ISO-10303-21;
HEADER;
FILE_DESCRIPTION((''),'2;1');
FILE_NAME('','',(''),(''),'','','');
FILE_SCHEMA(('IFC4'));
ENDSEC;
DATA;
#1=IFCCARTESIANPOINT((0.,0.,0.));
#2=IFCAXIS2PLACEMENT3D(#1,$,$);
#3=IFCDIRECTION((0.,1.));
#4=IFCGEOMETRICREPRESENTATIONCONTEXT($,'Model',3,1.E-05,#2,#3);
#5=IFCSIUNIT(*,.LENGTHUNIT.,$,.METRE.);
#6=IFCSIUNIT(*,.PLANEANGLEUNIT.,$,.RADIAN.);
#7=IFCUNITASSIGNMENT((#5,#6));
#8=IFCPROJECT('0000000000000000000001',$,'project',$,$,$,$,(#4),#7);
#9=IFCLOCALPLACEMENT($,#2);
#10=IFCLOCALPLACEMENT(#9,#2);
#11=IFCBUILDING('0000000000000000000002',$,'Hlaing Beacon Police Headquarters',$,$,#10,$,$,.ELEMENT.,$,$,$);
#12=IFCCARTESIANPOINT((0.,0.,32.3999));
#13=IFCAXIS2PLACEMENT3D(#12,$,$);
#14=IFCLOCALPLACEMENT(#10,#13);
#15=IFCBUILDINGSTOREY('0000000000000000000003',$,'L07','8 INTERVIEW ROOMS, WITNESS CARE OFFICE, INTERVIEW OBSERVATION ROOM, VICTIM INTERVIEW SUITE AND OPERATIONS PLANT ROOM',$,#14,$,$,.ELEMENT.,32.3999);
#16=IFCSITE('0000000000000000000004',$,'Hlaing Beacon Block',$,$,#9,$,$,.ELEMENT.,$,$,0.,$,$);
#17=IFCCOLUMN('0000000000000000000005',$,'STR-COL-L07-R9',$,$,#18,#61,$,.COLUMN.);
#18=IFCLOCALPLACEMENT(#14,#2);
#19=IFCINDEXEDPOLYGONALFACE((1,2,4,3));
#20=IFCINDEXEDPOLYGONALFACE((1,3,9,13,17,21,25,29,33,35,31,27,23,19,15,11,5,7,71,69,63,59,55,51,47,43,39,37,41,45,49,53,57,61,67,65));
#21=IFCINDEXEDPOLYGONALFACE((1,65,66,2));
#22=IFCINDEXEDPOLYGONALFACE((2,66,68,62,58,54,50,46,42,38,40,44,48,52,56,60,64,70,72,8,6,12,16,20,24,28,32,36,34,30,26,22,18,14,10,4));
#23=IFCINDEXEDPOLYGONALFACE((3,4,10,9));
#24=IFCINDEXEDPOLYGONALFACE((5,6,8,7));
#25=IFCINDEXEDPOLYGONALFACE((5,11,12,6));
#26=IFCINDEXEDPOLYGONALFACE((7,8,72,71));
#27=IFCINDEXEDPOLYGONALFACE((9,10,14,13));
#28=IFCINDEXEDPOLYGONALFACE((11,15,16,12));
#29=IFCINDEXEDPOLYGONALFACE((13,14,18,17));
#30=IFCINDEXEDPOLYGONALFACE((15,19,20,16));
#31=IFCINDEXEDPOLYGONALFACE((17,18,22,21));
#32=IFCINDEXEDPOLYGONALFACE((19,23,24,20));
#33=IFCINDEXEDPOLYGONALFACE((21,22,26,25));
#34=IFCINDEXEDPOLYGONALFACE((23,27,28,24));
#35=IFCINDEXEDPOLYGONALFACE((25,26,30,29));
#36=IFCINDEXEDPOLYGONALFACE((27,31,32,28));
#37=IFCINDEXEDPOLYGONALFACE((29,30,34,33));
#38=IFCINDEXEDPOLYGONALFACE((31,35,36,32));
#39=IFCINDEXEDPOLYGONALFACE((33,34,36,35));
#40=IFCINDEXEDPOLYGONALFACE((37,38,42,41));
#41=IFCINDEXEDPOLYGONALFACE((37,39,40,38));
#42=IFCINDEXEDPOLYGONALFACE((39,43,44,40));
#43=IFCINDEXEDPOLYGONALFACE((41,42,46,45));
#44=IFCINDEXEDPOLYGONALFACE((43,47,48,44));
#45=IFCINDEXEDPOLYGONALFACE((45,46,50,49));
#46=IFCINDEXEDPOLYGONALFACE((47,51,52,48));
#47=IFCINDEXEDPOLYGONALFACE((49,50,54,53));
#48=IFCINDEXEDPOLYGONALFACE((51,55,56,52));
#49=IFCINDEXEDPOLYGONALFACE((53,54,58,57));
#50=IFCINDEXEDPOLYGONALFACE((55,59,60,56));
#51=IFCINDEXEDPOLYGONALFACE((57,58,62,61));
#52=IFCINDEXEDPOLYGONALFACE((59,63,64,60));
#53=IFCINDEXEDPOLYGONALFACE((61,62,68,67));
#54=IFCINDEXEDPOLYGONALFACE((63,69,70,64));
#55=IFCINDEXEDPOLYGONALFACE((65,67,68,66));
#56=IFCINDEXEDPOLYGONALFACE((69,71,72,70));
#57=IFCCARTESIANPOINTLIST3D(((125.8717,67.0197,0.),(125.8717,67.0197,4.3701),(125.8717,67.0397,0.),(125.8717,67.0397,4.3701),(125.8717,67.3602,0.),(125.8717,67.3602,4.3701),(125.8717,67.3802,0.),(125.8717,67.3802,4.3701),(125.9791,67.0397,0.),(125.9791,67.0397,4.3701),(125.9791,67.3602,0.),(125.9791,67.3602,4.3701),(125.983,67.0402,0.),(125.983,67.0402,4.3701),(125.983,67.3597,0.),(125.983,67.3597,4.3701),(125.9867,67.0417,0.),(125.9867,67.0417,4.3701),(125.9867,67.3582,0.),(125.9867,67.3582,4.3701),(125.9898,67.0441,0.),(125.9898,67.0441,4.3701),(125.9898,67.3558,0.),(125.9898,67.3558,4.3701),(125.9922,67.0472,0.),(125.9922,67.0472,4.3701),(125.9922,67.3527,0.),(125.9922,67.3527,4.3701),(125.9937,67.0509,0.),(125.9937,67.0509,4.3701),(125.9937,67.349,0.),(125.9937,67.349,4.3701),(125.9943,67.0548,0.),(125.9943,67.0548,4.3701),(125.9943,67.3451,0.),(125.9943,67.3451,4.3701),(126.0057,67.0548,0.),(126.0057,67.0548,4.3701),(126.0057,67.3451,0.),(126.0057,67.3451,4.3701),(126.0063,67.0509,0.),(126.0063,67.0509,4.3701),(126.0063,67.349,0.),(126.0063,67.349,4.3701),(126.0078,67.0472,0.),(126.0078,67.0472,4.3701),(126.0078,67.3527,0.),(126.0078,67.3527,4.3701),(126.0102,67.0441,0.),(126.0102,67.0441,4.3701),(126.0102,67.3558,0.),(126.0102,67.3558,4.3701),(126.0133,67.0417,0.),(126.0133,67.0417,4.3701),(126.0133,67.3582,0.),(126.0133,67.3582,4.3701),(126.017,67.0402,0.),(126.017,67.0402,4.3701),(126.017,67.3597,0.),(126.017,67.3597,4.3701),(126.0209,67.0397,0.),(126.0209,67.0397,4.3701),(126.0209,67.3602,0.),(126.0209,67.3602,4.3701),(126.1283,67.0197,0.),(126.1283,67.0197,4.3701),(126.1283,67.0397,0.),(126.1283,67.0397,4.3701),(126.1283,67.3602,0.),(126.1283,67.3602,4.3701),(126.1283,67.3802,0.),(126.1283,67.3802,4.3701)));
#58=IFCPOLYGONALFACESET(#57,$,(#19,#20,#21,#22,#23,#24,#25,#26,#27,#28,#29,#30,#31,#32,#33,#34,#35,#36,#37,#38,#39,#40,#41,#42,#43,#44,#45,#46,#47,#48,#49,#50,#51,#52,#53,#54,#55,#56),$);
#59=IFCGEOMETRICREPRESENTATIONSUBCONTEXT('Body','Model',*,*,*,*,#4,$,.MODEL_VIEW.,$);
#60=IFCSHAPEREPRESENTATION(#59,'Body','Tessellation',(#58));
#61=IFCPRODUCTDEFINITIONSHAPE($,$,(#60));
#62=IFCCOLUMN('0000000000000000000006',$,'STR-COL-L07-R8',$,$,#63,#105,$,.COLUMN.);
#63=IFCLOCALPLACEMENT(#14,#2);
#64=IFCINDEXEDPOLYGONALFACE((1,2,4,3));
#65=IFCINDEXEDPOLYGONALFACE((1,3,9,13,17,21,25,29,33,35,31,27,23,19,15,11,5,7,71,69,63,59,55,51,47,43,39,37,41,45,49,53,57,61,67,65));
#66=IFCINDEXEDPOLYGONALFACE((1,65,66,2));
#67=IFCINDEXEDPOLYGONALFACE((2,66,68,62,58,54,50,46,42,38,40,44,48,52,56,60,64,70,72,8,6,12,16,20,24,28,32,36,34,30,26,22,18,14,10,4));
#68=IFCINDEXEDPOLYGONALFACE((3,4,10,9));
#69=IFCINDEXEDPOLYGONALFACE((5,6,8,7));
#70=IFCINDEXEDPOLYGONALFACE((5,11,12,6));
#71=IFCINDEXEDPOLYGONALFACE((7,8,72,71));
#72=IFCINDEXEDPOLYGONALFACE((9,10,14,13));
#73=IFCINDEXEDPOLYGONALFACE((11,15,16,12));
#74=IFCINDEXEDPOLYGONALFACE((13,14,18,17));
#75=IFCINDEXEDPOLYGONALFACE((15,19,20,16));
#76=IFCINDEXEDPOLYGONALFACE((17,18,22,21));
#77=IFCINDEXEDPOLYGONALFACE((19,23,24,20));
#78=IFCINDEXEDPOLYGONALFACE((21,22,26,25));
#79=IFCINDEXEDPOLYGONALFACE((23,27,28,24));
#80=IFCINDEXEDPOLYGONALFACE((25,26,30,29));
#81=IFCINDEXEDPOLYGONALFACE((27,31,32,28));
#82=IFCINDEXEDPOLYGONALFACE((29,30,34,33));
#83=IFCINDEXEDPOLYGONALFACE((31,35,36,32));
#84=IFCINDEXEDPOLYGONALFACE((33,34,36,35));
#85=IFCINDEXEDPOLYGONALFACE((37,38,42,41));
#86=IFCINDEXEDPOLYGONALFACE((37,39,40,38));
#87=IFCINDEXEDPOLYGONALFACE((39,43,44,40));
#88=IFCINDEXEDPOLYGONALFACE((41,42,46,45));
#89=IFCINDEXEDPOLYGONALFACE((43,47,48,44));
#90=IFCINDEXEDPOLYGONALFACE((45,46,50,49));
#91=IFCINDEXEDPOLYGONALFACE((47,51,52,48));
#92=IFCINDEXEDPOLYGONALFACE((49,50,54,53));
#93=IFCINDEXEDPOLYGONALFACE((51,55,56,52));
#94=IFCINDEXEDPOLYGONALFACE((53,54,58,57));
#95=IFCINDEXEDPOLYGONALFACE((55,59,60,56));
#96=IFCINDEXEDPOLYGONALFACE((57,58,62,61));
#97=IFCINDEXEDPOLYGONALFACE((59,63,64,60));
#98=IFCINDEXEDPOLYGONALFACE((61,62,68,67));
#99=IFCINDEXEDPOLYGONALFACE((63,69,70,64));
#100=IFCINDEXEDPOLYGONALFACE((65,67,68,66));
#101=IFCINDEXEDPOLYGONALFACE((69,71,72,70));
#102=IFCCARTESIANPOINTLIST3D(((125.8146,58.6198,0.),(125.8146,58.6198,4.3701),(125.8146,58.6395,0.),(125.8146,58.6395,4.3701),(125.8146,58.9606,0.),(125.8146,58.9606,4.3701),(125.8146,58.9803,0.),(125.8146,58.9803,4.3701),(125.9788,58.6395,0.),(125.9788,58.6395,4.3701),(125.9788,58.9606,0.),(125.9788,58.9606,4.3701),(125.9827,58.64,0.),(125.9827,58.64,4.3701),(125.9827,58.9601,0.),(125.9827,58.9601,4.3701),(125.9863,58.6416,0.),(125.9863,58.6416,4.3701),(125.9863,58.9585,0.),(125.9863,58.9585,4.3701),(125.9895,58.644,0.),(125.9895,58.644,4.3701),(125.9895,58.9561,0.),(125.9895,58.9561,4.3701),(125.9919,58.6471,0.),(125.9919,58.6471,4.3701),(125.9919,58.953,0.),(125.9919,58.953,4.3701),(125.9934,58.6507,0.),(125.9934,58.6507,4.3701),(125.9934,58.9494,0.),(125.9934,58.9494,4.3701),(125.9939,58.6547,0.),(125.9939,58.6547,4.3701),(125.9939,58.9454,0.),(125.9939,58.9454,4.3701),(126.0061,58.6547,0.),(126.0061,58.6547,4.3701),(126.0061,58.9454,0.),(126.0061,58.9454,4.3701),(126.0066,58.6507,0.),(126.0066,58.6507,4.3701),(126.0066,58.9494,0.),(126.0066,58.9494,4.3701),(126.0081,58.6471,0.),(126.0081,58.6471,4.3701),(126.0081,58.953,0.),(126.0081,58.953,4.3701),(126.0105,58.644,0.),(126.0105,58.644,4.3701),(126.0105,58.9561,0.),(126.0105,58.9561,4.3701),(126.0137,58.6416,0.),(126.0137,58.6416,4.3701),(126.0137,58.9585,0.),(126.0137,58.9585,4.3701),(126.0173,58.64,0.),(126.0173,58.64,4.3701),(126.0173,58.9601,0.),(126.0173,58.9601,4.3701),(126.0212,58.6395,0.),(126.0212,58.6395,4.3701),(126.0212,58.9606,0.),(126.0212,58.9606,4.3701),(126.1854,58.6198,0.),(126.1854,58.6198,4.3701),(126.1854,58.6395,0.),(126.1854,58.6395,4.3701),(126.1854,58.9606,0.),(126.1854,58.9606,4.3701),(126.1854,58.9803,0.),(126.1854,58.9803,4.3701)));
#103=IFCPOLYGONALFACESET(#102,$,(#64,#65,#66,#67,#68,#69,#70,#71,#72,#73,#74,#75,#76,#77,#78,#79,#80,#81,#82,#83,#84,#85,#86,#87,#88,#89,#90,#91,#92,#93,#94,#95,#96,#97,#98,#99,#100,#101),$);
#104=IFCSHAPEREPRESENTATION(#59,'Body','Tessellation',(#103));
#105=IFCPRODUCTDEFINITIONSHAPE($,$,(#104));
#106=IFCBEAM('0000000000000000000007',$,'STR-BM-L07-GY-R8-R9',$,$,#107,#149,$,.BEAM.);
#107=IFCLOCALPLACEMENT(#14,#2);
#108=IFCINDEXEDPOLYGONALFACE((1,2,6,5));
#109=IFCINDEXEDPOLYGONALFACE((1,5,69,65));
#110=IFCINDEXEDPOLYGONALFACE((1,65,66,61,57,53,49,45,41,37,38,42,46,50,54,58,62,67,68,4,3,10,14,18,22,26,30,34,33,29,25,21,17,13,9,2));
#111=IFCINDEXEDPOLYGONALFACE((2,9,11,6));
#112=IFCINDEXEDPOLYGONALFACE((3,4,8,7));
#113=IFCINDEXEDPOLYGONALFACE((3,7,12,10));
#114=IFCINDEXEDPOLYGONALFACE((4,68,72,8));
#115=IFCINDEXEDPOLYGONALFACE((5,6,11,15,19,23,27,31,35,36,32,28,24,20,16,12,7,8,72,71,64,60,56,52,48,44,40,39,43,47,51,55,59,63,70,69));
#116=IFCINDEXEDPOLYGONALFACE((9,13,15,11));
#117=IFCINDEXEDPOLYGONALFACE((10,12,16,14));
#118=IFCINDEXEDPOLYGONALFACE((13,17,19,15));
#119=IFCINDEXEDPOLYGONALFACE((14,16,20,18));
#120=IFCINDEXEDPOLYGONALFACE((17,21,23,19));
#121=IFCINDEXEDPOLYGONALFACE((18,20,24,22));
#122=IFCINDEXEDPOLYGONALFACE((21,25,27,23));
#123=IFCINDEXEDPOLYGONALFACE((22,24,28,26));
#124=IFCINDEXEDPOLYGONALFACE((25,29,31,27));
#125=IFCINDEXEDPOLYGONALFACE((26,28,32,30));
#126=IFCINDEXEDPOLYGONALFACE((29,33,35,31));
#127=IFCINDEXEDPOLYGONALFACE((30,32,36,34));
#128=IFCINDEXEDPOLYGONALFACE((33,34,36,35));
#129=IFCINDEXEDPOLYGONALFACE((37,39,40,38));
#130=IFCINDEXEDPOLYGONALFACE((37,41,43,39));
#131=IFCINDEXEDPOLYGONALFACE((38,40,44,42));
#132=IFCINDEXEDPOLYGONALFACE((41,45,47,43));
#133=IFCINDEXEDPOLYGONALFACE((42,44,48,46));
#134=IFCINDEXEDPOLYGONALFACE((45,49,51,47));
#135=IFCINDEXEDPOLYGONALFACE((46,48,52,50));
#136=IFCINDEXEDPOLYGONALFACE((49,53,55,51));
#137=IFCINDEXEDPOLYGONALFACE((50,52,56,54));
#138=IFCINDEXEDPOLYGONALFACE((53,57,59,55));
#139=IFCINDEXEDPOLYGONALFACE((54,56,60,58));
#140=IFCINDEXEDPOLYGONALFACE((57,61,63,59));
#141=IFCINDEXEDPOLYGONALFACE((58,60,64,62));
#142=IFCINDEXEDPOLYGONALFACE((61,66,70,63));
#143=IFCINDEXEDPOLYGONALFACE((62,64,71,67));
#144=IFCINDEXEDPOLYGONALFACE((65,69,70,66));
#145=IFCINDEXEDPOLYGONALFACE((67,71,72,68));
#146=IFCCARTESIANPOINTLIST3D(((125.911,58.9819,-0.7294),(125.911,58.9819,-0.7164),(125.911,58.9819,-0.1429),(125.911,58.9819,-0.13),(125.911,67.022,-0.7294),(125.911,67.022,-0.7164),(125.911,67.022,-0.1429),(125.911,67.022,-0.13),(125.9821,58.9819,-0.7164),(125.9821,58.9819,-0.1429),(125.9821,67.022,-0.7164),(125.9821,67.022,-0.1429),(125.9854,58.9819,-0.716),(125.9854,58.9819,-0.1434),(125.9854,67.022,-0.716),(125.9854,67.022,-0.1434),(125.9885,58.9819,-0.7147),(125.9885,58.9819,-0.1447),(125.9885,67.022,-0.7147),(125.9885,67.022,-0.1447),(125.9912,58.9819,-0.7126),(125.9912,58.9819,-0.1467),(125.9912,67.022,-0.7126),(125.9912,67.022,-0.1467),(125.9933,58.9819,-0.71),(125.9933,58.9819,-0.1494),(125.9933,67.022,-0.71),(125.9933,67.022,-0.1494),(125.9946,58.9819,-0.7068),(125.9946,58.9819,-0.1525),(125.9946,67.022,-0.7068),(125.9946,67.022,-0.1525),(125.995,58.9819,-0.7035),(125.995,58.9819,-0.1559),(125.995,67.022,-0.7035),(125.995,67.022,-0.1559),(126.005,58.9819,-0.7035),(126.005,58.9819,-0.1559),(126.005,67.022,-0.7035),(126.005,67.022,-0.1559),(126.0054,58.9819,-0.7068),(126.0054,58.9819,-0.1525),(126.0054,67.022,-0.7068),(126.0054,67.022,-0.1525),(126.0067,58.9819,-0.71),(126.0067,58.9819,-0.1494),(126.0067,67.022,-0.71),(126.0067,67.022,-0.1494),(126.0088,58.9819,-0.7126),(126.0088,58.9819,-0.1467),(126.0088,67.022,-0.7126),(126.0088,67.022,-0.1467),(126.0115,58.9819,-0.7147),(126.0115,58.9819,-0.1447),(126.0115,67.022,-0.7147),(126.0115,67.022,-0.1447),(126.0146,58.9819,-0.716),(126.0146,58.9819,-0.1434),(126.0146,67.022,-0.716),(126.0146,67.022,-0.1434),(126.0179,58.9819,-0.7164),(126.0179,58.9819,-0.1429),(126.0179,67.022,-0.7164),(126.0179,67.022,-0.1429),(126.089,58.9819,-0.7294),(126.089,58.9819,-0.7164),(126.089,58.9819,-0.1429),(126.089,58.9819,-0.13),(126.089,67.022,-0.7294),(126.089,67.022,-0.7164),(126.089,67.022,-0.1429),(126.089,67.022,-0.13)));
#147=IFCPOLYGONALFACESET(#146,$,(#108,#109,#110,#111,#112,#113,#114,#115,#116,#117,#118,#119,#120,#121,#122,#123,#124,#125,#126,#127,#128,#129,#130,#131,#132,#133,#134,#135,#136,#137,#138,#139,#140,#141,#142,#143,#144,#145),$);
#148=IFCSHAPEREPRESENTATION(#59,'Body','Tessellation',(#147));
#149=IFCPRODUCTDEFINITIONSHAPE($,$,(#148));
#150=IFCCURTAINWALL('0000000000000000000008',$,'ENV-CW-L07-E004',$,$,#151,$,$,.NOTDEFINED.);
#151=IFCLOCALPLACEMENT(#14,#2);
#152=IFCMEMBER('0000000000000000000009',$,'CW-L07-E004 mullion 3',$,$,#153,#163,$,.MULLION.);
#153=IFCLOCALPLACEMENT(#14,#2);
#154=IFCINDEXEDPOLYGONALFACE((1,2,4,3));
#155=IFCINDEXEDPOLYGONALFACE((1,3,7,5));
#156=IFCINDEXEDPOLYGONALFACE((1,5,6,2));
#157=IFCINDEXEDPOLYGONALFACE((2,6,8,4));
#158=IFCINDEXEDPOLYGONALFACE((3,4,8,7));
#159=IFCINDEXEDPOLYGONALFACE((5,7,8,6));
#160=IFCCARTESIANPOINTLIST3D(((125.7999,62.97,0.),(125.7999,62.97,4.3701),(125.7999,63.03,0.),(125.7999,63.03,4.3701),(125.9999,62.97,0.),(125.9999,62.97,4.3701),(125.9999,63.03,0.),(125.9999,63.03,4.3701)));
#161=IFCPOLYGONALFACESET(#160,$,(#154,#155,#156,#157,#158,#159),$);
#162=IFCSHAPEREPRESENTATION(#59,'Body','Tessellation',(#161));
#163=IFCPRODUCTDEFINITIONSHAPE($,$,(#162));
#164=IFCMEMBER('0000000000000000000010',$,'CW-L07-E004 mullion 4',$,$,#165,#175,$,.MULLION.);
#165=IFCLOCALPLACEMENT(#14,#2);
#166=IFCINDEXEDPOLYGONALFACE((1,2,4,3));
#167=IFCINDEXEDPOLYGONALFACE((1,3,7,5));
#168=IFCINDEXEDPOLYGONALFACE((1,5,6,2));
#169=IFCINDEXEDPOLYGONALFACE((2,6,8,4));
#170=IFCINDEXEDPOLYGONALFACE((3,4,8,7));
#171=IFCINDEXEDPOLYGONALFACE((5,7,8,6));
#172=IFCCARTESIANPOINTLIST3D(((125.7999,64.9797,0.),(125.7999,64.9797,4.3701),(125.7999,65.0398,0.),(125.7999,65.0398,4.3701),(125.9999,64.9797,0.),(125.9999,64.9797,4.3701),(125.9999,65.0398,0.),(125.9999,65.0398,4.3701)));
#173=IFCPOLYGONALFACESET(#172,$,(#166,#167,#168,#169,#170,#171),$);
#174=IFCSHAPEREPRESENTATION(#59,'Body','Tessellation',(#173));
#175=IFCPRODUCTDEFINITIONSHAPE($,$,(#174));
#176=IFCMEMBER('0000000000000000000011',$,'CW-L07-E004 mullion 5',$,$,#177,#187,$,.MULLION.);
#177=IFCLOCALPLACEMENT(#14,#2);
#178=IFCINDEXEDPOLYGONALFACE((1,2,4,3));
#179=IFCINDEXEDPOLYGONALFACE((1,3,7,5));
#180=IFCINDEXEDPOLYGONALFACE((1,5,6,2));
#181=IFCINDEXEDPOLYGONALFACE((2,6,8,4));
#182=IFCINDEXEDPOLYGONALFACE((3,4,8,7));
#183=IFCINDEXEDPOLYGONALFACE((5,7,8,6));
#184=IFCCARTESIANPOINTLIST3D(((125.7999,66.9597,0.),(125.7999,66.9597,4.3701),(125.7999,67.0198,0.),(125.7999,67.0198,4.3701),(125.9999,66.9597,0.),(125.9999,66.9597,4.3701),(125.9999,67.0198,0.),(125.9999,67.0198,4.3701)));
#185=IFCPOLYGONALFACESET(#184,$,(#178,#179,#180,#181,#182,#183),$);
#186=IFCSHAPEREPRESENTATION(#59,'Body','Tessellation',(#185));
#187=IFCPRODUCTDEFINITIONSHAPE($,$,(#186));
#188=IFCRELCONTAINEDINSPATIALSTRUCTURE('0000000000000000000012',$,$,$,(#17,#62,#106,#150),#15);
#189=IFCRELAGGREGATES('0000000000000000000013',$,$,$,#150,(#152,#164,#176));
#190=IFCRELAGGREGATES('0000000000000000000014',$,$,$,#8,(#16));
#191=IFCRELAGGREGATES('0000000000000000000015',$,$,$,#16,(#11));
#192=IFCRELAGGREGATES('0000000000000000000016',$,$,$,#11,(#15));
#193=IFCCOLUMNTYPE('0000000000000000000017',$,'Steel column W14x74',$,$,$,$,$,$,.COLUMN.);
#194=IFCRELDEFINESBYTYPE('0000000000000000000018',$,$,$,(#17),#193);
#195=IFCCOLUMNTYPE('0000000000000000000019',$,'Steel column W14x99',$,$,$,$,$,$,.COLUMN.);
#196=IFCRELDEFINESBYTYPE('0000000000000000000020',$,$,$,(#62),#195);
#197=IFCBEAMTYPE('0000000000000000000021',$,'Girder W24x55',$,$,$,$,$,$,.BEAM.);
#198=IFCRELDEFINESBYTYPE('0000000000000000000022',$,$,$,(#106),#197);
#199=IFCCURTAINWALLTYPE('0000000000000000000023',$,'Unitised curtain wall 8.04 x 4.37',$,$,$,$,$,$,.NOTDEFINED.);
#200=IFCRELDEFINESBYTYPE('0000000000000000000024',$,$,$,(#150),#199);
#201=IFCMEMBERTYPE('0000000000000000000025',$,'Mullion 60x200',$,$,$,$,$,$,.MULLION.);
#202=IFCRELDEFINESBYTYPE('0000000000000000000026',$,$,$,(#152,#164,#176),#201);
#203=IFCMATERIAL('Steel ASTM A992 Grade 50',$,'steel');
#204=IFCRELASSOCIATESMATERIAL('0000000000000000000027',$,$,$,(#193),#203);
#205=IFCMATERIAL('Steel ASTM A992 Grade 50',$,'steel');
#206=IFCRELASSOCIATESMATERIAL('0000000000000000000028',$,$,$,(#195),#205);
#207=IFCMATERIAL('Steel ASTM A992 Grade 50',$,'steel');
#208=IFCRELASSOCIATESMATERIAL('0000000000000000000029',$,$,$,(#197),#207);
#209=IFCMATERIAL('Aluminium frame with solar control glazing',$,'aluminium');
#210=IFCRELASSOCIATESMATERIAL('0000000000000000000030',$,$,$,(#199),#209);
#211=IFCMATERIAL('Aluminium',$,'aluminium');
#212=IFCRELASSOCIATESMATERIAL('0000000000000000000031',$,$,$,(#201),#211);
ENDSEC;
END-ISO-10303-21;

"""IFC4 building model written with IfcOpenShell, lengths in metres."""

from ifc_helpers import new_model, si_unit, direction, frame, origin, origin_2d, place, context, subcontext, project, spatial, rectangle, i_section, extrude, material, material_profile, profile_set, type_object, element, aggregate, save


model = new_model("IFC4")

# Units and contexts
model_context = context("Model", 3, precision=1e-05, world=origin(), true_north=direction((0.0, 1.0)))
body_context = subcontext(model_context, "Body", "Model", "MODEL_VIEW")
ifc_project = project(units=[si_unit("LENGTHUNIT", "METRE"), si_unit("PLANEANGLEUNIT", "RADIAN")], contexts=[model_context])

# Site, building, storey
site_placement = place(None, origin())
site = spatial("IfcSite", under=ifc_project, at=site_placement, Name="Hlaing Beacon Block", CompositionType="ELEMENT", RefElevation=0.0)
building_placement = place(site_placement, origin())
building = spatial("IfcBuilding", under=site, at=building_placement, Name="Hlaing Beacon Police Headquarters", CompositionType="ELEMENT")
storey_placement = place(building_placement, frame((0.0, 0.0, 32.3999)))
storey = spatial("IfcBuildingStorey", under=building, at=storey_placement, Name="L07", Description="8 INTERVIEW ROOMS, WITNESS CARE OFFICE, INTERVIEW OBSERVATION ROOM, VICTIM INTERVIEW SUITE AND OPERATIONS PLANT ROOM", CompositionType="ELEMENT", Elevation=32.3999)

# Columns
ifc_material_1 = material(Name="Steel ASTM A992 Grade 50", Category="steel")
ifc_material_profile_1 = material_profile(ifc_material_1, i_section(OverallWidth=0.2566, OverallDepth=0.3606, WebThickness=0.0115, FlangeThickness=0.02, FilletRadius=0.0151, at=origin_2d()), Name="W14x74")
ifc_profile_set_1 = profile_set([ifc_material_profile_1], Name="Steel ASTM A992 Grade 50")
column_type_1 = type_object("IfcColumnType", Name="Steel column W14x74", PredefinedType="COLUMN", material=ifc_profile_set_1)
column_1_placement = place(storey_placement, frame((126.0, 67.2, 0.0), z_axis=(0.0, 0.0, 1.0), x_axis=(1.0, 0.0, 0.0)))
element("IfcColumn", 1, at=column_1_placement, inside=storey, type_object=column_type_1, Name="STR-COL-L07-R9", PredefinedType="COLUMN", context=body_context, shape_type="SweptSolid", body=[
    extrude(i_section(OverallWidth=0.2566, OverallDepth=0.3606, WebThickness=0.0115, FlangeThickness=0.02, FilletRadius=0.0151, at=origin_2d()), origin(), (0.0, 0.0, 1.0), 4.3701),
])
ifc_material_2 = material(Name="Steel ASTM A992 Grade 50", Category="steel")
ifc_material_profile_2 = material_profile(ifc_material_2, i_section(OverallWidth=0.3708, OverallDepth=0.3606, WebThickness=0.0122, FlangeThickness=0.0198, FilletRadius=0.0151, at=origin_2d()), Name="W14x99")
ifc_profile_set_2 = profile_set([ifc_material_profile_2], Name="Steel ASTM A992 Grade 50")
column_type_2 = type_object("IfcColumnType", Name="Steel column W14x99", PredefinedType="COLUMN", material=ifc_profile_set_2)
column_2_placement = place(storey_placement, frame((126.0, 58.8, 0.0), z_axis=(0.0, 0.0, 1.0), x_axis=(1.0, 0.0, 0.0)))
element("IfcColumn", 2, at=column_2_placement, inside=storey, type_object=column_type_2, Name="STR-COL-L07-R8", PredefinedType="COLUMN", context=body_context, shape_type="SweptSolid", body=[
    extrude(i_section(OverallWidth=0.3708, OverallDepth=0.3606, WebThickness=0.0122, FlangeThickness=0.0198, FilletRadius=0.0151, at=origin_2d()), origin(), (0.0, 0.0, 1.0), 4.3701),
])

# Beam
ifc_material_3 = material(Name="Steel ASTM A992 Grade 50", Category="steel")
ifc_material_profile_3 = material_profile(ifc_material_3, i_section(OverallWidth=0.178, OverallDepth=0.5994, WebThickness=0.01, FlangeThickness=0.0129, FilletRadius=0.0129, at=origin_2d()), Name="W24x55")
ifc_profile_set_3 = profile_set([ifc_material_profile_3], Name="Steel ASTM A992 Grade 50")
beam_type = type_object("IfcBeamType", Name="Girder W24x55", PredefinedType="BEAM", material=ifc_profile_set_3)
beam_placement = place(storey_placement, frame((126.0, 58.9819, -0.4297), z_axis=(0.0, 1.0, 0.0), x_axis=(-1.0, 0.0, 0.0)))
element("IfcBeam", 3, at=beam_placement, inside=storey, type_object=beam_type, Name="STR-BM-L07-GY-R8-R9", PredefinedType="BEAM", context=body_context, shape_type="SweptSolid", body=[
    extrude(i_section(OverallWidth=0.178, OverallDepth=0.5994, WebThickness=0.01, FlangeThickness=0.0129, FilletRadius=0.0129, at=origin_2d()), origin(), (0.0, 0.0, 1.0), 8.04),
])

# Curtain wall, members
ifc_material_4 = material(Name="Aluminium frame with solar control glazing", Category="aluminium")
curtain_wall_type = type_object("IfcCurtainWallType", Name="Unitised curtain wall 8.04 x 4.37", PredefinedType="NOTDEFINED", material=ifc_material_4)
curtain_wall_placement = place(storey_placement, origin())
curtain_wall = element("IfcCurtainWall", 4, at=curtain_wall_placement, inside=storey, type_object=curtain_wall_type, Name="ENV-CW-L07-E004", PredefinedType="NOTDEFINED")
ifc_material_5 = material(Name="Aluminium", Category="aluminium")
ifc_material_profile_4 = material_profile(ifc_material_5, rectangle(XDim=0.2, YDim=0.0601, at=origin_2d()), Name="Mullion 60x200")
ifc_profile_set_4 = profile_set([ifc_material_profile_4], Name="Aluminium")
member_type_1 = type_object("IfcMemberType", Name="Mullion 60x200", PredefinedType="MULLION", material=ifc_profile_set_4)
member_1_placement = place(storey_placement, frame((125.8999, 63.0, 0.0), z_axis=(0.0, 0.0, 1.0), x_axis=(-1.0, 0.0, 0.0)))
member_1 = element("IfcMember", 5, at=member_1_placement, type_object=member_type_1, Name="CW-L07-E004 mullion 3", PredefinedType="MULLION", context=body_context, shape_type="SweptSolid", body=[
    extrude(rectangle(XDim=0.2, YDim=0.0601, at=origin_2d()), origin(), (0.0, 0.0, 1.0), 4.3701),
])
member_2_placement = place(storey_placement, frame((125.8999, 65.0098, 0.0), z_axis=(0.0, 0.0, 1.0), x_axis=(-1.0, 0.0, 0.0)))
member_2 = element("IfcMember", 6, at=member_2_placement, type_object=member_type_1, Name="CW-L07-E004 mullion 4", PredefinedType="MULLION", context=body_context, shape_type="SweptSolid", body=[
    extrude(rectangle(XDim=0.2, YDim=0.0601, at=origin_2d()), origin(), (0.0, 0.0, 1.0), 4.3701),
])
member_3_placement = place(storey_placement, frame((125.8999, 66.9897, 0.0), z_axis=(0.0, 0.0, 1.0), x_axis=(-1.0, 0.0, 0.0)))
member_3 = element("IfcMember", 7, at=member_3_placement, type_object=member_type_1, Name="CW-L07-E004 mullion 5", PredefinedType="MULLION", context=body_context, shape_type="SweptSolid", body=[
    extrude(rectangle(XDim=0.2, YDim=0.0601, at=origin_2d()), origin(), (0.0, 0.0, 1.0), 4.3701),
])
aggregate(curtain_wall, [member_1, member_2, member_3])

save(model, "model.ifc")
